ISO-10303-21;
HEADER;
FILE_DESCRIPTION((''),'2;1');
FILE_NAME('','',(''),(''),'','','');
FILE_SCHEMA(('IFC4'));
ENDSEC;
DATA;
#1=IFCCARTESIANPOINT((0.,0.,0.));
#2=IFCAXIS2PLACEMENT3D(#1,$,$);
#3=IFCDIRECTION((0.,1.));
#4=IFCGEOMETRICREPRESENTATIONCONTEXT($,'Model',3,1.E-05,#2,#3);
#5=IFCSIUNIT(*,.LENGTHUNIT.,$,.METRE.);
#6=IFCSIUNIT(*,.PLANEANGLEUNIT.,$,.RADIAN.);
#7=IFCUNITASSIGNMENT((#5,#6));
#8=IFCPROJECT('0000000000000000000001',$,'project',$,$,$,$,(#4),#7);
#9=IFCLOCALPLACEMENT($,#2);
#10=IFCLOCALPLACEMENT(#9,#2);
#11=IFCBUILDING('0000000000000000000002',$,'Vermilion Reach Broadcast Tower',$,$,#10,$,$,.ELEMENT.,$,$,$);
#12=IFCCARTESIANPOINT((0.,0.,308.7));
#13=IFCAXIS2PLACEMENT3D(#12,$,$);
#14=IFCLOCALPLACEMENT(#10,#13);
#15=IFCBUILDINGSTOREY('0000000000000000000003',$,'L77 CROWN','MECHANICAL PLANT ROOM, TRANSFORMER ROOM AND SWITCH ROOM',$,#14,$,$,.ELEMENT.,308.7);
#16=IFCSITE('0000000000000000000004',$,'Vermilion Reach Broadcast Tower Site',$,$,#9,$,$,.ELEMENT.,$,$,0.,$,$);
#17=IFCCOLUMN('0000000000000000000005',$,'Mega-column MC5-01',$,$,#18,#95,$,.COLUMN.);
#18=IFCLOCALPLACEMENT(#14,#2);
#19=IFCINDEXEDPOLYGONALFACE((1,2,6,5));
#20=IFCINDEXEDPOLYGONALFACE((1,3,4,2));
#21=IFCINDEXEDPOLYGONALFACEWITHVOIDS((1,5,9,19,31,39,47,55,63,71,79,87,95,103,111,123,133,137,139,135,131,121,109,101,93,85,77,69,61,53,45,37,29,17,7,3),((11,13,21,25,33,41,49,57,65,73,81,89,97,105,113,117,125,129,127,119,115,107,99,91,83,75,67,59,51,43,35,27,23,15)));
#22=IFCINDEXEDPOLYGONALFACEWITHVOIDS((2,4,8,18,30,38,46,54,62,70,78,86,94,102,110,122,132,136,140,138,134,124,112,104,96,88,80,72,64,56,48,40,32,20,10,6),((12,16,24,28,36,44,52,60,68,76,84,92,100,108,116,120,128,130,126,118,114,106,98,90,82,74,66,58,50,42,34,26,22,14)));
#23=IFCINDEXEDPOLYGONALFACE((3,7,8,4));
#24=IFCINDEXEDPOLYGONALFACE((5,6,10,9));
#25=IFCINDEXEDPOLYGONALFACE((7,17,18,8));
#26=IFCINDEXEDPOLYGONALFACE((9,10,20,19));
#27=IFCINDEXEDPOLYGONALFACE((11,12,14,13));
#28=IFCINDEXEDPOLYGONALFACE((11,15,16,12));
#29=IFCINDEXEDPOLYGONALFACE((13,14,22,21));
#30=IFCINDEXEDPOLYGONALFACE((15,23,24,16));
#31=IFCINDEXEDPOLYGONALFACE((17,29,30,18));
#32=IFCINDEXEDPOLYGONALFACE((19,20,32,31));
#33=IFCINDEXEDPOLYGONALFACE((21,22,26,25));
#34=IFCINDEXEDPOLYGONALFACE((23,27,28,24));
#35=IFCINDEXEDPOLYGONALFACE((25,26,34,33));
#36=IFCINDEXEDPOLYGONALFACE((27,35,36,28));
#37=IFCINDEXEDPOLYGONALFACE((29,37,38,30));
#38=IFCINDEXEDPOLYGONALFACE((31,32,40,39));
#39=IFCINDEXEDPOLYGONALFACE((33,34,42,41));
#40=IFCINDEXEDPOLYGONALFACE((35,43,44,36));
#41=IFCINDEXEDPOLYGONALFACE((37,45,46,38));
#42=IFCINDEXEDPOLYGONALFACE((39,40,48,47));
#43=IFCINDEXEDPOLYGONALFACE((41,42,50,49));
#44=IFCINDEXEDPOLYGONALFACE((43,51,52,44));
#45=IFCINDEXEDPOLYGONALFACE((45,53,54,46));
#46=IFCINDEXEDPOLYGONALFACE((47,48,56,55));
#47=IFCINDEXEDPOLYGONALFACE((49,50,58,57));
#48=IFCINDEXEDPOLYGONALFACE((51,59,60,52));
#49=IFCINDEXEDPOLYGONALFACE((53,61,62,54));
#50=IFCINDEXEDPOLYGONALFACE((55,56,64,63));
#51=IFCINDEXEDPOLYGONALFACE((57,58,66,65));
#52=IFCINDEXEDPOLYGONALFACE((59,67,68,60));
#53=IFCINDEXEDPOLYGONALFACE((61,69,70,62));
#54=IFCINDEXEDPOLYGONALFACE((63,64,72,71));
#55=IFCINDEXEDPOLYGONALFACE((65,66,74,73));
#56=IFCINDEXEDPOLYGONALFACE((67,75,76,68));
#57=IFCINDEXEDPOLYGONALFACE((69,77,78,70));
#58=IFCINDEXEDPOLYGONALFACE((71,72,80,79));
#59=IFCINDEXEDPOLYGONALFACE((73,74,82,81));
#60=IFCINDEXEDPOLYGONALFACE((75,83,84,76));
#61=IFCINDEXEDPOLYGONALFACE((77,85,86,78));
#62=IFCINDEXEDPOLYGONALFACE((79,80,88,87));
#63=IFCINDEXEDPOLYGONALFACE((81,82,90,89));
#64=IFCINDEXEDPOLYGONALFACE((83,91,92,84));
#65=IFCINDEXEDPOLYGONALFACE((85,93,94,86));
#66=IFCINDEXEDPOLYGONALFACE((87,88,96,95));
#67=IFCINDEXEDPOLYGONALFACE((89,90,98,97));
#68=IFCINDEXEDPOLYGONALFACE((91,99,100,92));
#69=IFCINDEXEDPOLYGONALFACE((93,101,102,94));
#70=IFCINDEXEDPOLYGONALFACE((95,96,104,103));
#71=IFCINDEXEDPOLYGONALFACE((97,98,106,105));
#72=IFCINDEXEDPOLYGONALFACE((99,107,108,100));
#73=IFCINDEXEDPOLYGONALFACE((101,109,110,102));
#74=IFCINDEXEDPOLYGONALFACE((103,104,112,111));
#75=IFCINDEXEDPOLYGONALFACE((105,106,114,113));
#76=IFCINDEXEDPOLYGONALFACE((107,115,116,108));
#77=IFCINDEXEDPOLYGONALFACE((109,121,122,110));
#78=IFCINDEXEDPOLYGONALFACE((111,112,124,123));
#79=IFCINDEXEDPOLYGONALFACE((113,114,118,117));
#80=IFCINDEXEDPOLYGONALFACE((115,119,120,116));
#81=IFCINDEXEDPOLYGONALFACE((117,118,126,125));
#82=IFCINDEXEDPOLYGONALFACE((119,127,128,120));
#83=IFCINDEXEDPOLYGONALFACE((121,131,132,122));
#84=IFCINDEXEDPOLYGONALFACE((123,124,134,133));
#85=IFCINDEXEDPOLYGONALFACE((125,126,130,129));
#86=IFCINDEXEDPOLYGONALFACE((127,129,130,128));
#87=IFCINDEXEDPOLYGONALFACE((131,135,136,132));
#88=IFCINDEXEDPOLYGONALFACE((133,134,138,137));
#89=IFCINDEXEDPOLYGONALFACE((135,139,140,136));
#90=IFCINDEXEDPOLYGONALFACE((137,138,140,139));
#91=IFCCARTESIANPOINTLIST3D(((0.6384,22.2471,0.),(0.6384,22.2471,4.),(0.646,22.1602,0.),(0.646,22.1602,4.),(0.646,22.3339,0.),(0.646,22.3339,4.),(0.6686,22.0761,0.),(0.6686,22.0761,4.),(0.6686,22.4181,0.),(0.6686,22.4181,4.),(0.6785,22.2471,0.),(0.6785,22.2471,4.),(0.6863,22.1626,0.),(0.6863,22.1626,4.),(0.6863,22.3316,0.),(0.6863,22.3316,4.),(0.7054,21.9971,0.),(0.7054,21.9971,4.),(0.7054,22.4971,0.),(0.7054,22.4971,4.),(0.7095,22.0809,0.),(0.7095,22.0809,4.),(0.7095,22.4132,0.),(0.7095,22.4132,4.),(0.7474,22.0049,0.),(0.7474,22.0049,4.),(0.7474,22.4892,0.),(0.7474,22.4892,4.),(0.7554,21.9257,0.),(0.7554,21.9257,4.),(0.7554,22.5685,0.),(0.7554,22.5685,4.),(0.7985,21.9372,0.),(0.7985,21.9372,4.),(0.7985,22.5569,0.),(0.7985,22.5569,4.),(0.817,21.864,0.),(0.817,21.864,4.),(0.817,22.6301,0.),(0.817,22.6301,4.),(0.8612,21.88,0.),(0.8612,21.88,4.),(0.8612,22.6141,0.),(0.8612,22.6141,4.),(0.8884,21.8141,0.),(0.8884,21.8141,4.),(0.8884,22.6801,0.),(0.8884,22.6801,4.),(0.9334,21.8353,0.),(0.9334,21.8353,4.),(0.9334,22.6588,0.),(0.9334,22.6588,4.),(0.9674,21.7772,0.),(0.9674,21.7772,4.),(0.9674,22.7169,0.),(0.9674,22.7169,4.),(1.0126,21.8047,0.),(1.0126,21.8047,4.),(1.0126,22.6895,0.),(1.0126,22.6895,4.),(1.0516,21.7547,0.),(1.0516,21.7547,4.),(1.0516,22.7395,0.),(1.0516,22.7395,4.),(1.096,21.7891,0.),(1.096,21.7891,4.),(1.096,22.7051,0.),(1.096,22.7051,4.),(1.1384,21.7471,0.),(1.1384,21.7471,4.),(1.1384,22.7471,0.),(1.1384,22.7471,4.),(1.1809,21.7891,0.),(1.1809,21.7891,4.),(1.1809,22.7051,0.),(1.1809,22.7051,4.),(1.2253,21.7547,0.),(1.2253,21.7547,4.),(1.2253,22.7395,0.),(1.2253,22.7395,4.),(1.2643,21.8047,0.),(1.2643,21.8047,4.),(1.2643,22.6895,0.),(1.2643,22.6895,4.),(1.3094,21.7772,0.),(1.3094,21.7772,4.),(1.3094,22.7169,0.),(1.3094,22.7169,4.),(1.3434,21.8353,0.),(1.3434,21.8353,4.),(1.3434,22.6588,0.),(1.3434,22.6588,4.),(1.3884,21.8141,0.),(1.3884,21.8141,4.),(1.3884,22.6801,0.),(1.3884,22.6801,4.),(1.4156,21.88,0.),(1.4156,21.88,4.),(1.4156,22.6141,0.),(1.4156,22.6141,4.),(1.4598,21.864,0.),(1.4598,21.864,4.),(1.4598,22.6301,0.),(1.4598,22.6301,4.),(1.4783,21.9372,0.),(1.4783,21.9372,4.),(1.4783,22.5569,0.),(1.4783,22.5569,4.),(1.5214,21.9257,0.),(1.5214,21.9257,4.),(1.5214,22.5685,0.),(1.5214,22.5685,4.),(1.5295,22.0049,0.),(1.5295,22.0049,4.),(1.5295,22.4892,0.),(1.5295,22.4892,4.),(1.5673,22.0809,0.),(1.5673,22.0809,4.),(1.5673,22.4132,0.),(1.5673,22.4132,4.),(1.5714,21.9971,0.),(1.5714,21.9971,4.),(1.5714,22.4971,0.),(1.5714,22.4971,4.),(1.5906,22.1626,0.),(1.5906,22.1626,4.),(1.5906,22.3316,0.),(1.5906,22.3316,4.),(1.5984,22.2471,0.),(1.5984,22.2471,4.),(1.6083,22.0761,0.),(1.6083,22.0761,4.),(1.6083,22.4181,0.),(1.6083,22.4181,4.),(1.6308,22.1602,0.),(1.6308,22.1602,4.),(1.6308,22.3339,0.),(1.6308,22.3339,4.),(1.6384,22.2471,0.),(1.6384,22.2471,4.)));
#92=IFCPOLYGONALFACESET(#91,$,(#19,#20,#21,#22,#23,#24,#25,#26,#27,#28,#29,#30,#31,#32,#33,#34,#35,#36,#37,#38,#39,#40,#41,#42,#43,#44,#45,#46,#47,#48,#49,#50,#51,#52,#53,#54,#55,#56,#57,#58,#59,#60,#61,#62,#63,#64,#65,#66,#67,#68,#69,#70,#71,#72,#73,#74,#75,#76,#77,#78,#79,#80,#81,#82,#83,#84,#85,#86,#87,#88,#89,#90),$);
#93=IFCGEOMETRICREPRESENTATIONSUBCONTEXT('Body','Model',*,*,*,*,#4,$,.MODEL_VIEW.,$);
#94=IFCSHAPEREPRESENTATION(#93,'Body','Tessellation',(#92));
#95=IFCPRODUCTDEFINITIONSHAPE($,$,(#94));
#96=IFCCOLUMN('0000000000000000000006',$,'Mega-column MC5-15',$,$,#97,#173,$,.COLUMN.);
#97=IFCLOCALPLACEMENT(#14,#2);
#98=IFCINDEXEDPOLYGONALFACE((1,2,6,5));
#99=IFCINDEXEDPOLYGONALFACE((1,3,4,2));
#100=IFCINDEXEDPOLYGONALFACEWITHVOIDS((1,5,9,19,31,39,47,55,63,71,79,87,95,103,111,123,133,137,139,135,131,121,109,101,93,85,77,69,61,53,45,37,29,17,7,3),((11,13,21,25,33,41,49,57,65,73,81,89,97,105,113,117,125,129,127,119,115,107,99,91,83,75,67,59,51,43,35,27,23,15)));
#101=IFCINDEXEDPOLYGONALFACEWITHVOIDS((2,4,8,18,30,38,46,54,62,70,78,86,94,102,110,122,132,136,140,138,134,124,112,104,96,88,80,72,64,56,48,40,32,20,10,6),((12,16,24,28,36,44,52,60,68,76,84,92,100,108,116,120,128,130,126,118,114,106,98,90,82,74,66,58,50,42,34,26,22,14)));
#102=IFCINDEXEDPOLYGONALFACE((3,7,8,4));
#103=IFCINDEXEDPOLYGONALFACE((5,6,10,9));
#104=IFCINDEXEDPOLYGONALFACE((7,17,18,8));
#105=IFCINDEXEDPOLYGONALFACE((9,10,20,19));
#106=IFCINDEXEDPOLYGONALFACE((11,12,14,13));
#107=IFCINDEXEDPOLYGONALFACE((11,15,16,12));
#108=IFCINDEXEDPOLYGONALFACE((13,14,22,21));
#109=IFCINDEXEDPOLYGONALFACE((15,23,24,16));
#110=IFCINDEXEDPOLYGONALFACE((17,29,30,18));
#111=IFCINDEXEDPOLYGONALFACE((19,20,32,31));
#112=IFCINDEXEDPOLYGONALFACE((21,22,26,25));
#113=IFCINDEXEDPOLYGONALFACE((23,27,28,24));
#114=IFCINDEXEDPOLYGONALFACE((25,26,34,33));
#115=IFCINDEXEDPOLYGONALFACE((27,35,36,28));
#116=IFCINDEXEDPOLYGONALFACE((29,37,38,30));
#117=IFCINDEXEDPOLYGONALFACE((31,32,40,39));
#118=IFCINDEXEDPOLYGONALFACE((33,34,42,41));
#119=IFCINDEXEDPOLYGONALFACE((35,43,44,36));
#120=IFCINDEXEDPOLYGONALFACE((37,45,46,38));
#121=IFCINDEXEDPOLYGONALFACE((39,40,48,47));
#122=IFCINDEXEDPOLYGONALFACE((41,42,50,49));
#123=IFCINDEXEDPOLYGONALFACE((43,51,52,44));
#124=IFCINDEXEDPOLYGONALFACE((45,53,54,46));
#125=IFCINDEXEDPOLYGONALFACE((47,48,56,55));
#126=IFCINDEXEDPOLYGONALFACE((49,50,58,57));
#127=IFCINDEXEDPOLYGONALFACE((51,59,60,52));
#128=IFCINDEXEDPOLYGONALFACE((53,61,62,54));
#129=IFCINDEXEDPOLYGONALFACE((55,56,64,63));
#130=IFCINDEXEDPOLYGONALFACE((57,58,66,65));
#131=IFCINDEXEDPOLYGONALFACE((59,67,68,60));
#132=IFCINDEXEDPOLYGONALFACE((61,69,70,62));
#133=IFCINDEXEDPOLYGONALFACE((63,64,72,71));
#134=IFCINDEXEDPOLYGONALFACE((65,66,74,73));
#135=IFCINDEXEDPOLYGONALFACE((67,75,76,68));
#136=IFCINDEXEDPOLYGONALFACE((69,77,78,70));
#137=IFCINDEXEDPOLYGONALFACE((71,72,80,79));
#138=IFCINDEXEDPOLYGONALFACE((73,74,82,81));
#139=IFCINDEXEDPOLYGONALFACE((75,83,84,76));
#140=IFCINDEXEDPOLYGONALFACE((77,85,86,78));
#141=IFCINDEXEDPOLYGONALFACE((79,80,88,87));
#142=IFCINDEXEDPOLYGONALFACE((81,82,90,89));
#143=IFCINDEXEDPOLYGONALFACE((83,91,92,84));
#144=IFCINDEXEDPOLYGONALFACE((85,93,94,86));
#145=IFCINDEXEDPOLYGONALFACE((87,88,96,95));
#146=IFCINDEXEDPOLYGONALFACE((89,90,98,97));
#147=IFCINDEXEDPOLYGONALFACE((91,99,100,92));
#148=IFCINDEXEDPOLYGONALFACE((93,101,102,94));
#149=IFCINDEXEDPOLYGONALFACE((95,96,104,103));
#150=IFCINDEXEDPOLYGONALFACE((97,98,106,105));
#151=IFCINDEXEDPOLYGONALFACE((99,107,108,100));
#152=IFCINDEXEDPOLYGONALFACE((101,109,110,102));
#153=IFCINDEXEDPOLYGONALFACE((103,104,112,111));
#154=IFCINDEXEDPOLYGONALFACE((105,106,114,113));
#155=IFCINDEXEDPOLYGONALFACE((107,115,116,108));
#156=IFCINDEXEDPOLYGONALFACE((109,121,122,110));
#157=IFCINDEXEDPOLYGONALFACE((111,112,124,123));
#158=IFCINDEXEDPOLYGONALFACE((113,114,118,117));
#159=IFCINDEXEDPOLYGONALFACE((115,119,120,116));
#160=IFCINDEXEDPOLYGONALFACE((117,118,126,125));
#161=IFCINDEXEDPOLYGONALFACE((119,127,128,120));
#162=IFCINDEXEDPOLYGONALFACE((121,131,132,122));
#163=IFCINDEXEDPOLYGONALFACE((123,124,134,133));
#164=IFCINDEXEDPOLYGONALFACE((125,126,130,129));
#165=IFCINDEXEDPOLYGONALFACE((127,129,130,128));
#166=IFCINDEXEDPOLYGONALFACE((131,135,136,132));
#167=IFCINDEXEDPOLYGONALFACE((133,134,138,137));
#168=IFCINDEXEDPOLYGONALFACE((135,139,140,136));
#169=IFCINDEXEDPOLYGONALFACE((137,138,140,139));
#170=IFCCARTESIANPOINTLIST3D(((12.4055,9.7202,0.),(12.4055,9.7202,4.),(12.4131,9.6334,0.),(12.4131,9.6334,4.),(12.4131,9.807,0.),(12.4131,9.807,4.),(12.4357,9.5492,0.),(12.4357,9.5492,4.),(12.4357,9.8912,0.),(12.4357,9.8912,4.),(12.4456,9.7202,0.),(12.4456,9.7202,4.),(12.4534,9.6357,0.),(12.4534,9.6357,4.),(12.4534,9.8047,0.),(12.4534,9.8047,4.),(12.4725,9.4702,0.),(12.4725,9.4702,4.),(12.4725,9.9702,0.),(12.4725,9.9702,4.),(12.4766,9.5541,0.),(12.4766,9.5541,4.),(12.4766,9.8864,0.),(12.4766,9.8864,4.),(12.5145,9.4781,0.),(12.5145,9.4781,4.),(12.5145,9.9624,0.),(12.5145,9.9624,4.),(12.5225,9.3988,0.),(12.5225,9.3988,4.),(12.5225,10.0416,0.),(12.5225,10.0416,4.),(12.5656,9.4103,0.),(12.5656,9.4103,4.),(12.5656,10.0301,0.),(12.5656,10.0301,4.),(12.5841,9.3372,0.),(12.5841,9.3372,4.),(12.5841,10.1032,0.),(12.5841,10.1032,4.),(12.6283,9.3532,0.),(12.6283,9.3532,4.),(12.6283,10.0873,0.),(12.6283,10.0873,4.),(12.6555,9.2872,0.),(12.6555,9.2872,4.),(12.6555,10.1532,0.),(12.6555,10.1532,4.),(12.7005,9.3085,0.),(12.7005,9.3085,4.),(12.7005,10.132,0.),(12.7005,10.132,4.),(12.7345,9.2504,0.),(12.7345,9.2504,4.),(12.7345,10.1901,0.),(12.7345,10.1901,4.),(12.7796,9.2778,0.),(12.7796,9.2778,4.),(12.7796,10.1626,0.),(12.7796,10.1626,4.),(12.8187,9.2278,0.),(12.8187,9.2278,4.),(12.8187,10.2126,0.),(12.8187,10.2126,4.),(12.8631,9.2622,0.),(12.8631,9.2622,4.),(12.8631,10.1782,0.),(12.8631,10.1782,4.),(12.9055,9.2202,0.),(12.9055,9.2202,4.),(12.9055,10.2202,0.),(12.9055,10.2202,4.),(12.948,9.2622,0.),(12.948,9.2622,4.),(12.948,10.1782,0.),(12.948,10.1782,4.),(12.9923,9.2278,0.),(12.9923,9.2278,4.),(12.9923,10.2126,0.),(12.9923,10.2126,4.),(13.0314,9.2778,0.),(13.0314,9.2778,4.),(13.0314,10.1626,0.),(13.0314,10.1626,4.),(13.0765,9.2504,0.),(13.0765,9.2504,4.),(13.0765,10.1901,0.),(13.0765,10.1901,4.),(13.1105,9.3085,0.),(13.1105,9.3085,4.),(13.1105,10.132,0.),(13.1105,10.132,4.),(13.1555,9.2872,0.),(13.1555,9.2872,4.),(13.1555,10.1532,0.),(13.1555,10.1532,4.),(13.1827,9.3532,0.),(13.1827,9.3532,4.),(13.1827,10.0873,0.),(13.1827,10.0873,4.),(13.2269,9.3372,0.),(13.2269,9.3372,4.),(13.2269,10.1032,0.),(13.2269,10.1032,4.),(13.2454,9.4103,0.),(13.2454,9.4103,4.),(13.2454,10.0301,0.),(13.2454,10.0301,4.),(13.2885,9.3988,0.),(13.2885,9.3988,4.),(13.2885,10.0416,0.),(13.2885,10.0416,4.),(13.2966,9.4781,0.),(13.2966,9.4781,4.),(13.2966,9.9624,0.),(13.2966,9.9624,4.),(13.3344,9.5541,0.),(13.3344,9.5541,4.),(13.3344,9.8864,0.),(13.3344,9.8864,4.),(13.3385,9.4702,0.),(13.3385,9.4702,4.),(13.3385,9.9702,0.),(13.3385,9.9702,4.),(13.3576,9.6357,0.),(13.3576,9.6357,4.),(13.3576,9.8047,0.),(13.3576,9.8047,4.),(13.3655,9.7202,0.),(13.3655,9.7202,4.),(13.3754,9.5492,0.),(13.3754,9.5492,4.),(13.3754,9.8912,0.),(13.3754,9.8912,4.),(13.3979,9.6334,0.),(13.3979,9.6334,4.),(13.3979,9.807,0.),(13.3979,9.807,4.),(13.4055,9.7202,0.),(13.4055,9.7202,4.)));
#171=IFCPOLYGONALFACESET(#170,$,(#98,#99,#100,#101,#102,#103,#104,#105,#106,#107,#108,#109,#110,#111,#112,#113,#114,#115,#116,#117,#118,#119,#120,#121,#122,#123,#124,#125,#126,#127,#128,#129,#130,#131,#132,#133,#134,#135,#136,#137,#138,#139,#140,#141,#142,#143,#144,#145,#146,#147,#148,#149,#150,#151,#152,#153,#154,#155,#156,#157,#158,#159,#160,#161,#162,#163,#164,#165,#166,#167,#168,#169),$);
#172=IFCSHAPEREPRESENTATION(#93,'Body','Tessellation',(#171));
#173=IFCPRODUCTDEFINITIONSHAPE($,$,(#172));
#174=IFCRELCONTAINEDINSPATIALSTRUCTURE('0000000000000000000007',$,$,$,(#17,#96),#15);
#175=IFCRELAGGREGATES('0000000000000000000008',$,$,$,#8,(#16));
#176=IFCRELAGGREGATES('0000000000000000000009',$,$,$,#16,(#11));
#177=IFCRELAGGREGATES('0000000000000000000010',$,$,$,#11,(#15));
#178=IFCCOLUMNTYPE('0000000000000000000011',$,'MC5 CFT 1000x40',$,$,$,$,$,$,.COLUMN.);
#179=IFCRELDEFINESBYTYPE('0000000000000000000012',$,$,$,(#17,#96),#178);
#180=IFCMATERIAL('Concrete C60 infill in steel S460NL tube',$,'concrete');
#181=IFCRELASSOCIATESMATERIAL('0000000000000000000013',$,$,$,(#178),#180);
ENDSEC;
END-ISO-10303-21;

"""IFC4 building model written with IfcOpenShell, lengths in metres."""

from ifc_helpers import new_model, si_unit, direction, frame, origin, origin_2d, place, context, subcontext, project, spatial, hollow_circle, extrude, material, material_profile, profile_set, type_object, element, save


model = new_model("IFC4")

# Units and contexts
model_context = context("Model", 3, precision=1e-05, world=origin(), true_north=direction((0.0, 1.0)))
body_context = subcontext(model_context, "Body", "Model", "MODEL_VIEW")
ifc_project = project(units=[si_unit("LENGTHUNIT", "METRE"), si_unit("PLANEANGLEUNIT", "RADIAN")], contexts=[model_context])

# Site, building, storey
site_placement = place(None, origin())
site = spatial("IfcSite", under=ifc_project, at=site_placement, Name="Vermilion Reach Broadcast Tower Site", CompositionType="ELEMENT", RefElevation=0.0)
building_placement = place(site_placement, origin())
building = spatial("IfcBuilding", under=site, at=building_placement, Name="Vermilion Reach Broadcast Tower", CompositionType="ELEMENT")
storey_placement = place(building_placement, frame((0.0, 0.0, 308.7)))
storey = spatial("IfcBuildingStorey", under=building, at=storey_placement, Name="L77 CROWN", Description="MECHANICAL PLANT ROOM, TRANSFORMER ROOM AND SWITCH ROOM", CompositionType="ELEMENT", Elevation=308.7)

# Columns
ifc_material_1 = material(Name="Concrete C60 infill in steel S460NL tube", Category="concrete")
ifc_material_profile_1 = material_profile(ifc_material_1, hollow_circle(Radius=0.5, WallThickness=0.04, at=origin_2d()), Name="Concrete C60 infill in steel S460NL tube CFT 1000x40")
ifc_profile_set_1 = profile_set([ifc_material_profile_1], Name="Concrete C60 infill in steel S460NL tube")
column_type = type_object("IfcColumnType", Name="MC5 CFT 1000x40", PredefinedType="COLUMN", material=ifc_profile_set_1)
for number, where, z_axis, x_axis, name in (
    (1, (1.1384, 22.2471, 0.0), (0.0, 0.0, 1.0), (1.0, 0.0, 0.0), "Mega-column MC5-01"),
    (2, (12.9055, 9.7202, 0.0), (0.0, 0.0, 1.0), (1.0, 0.0, 0.0), "Mega-column MC5-15"),
):
    element("IfcColumn", number, at=place(storey_placement, frame(where, z_axis=z_axis, x_axis=x_axis)), inside=storey, type_object=column_type, Name=name, PredefinedType="COLUMN", context=body_context, shape_type="SweptSolid", body=[
        extrude(hollow_circle(Radius=0.5, WallThickness=0.04, at=origin_2d()), origin(), (0.0, 0.0, 1.0), 4.0),
    ])

save(model, "model.ifc")
